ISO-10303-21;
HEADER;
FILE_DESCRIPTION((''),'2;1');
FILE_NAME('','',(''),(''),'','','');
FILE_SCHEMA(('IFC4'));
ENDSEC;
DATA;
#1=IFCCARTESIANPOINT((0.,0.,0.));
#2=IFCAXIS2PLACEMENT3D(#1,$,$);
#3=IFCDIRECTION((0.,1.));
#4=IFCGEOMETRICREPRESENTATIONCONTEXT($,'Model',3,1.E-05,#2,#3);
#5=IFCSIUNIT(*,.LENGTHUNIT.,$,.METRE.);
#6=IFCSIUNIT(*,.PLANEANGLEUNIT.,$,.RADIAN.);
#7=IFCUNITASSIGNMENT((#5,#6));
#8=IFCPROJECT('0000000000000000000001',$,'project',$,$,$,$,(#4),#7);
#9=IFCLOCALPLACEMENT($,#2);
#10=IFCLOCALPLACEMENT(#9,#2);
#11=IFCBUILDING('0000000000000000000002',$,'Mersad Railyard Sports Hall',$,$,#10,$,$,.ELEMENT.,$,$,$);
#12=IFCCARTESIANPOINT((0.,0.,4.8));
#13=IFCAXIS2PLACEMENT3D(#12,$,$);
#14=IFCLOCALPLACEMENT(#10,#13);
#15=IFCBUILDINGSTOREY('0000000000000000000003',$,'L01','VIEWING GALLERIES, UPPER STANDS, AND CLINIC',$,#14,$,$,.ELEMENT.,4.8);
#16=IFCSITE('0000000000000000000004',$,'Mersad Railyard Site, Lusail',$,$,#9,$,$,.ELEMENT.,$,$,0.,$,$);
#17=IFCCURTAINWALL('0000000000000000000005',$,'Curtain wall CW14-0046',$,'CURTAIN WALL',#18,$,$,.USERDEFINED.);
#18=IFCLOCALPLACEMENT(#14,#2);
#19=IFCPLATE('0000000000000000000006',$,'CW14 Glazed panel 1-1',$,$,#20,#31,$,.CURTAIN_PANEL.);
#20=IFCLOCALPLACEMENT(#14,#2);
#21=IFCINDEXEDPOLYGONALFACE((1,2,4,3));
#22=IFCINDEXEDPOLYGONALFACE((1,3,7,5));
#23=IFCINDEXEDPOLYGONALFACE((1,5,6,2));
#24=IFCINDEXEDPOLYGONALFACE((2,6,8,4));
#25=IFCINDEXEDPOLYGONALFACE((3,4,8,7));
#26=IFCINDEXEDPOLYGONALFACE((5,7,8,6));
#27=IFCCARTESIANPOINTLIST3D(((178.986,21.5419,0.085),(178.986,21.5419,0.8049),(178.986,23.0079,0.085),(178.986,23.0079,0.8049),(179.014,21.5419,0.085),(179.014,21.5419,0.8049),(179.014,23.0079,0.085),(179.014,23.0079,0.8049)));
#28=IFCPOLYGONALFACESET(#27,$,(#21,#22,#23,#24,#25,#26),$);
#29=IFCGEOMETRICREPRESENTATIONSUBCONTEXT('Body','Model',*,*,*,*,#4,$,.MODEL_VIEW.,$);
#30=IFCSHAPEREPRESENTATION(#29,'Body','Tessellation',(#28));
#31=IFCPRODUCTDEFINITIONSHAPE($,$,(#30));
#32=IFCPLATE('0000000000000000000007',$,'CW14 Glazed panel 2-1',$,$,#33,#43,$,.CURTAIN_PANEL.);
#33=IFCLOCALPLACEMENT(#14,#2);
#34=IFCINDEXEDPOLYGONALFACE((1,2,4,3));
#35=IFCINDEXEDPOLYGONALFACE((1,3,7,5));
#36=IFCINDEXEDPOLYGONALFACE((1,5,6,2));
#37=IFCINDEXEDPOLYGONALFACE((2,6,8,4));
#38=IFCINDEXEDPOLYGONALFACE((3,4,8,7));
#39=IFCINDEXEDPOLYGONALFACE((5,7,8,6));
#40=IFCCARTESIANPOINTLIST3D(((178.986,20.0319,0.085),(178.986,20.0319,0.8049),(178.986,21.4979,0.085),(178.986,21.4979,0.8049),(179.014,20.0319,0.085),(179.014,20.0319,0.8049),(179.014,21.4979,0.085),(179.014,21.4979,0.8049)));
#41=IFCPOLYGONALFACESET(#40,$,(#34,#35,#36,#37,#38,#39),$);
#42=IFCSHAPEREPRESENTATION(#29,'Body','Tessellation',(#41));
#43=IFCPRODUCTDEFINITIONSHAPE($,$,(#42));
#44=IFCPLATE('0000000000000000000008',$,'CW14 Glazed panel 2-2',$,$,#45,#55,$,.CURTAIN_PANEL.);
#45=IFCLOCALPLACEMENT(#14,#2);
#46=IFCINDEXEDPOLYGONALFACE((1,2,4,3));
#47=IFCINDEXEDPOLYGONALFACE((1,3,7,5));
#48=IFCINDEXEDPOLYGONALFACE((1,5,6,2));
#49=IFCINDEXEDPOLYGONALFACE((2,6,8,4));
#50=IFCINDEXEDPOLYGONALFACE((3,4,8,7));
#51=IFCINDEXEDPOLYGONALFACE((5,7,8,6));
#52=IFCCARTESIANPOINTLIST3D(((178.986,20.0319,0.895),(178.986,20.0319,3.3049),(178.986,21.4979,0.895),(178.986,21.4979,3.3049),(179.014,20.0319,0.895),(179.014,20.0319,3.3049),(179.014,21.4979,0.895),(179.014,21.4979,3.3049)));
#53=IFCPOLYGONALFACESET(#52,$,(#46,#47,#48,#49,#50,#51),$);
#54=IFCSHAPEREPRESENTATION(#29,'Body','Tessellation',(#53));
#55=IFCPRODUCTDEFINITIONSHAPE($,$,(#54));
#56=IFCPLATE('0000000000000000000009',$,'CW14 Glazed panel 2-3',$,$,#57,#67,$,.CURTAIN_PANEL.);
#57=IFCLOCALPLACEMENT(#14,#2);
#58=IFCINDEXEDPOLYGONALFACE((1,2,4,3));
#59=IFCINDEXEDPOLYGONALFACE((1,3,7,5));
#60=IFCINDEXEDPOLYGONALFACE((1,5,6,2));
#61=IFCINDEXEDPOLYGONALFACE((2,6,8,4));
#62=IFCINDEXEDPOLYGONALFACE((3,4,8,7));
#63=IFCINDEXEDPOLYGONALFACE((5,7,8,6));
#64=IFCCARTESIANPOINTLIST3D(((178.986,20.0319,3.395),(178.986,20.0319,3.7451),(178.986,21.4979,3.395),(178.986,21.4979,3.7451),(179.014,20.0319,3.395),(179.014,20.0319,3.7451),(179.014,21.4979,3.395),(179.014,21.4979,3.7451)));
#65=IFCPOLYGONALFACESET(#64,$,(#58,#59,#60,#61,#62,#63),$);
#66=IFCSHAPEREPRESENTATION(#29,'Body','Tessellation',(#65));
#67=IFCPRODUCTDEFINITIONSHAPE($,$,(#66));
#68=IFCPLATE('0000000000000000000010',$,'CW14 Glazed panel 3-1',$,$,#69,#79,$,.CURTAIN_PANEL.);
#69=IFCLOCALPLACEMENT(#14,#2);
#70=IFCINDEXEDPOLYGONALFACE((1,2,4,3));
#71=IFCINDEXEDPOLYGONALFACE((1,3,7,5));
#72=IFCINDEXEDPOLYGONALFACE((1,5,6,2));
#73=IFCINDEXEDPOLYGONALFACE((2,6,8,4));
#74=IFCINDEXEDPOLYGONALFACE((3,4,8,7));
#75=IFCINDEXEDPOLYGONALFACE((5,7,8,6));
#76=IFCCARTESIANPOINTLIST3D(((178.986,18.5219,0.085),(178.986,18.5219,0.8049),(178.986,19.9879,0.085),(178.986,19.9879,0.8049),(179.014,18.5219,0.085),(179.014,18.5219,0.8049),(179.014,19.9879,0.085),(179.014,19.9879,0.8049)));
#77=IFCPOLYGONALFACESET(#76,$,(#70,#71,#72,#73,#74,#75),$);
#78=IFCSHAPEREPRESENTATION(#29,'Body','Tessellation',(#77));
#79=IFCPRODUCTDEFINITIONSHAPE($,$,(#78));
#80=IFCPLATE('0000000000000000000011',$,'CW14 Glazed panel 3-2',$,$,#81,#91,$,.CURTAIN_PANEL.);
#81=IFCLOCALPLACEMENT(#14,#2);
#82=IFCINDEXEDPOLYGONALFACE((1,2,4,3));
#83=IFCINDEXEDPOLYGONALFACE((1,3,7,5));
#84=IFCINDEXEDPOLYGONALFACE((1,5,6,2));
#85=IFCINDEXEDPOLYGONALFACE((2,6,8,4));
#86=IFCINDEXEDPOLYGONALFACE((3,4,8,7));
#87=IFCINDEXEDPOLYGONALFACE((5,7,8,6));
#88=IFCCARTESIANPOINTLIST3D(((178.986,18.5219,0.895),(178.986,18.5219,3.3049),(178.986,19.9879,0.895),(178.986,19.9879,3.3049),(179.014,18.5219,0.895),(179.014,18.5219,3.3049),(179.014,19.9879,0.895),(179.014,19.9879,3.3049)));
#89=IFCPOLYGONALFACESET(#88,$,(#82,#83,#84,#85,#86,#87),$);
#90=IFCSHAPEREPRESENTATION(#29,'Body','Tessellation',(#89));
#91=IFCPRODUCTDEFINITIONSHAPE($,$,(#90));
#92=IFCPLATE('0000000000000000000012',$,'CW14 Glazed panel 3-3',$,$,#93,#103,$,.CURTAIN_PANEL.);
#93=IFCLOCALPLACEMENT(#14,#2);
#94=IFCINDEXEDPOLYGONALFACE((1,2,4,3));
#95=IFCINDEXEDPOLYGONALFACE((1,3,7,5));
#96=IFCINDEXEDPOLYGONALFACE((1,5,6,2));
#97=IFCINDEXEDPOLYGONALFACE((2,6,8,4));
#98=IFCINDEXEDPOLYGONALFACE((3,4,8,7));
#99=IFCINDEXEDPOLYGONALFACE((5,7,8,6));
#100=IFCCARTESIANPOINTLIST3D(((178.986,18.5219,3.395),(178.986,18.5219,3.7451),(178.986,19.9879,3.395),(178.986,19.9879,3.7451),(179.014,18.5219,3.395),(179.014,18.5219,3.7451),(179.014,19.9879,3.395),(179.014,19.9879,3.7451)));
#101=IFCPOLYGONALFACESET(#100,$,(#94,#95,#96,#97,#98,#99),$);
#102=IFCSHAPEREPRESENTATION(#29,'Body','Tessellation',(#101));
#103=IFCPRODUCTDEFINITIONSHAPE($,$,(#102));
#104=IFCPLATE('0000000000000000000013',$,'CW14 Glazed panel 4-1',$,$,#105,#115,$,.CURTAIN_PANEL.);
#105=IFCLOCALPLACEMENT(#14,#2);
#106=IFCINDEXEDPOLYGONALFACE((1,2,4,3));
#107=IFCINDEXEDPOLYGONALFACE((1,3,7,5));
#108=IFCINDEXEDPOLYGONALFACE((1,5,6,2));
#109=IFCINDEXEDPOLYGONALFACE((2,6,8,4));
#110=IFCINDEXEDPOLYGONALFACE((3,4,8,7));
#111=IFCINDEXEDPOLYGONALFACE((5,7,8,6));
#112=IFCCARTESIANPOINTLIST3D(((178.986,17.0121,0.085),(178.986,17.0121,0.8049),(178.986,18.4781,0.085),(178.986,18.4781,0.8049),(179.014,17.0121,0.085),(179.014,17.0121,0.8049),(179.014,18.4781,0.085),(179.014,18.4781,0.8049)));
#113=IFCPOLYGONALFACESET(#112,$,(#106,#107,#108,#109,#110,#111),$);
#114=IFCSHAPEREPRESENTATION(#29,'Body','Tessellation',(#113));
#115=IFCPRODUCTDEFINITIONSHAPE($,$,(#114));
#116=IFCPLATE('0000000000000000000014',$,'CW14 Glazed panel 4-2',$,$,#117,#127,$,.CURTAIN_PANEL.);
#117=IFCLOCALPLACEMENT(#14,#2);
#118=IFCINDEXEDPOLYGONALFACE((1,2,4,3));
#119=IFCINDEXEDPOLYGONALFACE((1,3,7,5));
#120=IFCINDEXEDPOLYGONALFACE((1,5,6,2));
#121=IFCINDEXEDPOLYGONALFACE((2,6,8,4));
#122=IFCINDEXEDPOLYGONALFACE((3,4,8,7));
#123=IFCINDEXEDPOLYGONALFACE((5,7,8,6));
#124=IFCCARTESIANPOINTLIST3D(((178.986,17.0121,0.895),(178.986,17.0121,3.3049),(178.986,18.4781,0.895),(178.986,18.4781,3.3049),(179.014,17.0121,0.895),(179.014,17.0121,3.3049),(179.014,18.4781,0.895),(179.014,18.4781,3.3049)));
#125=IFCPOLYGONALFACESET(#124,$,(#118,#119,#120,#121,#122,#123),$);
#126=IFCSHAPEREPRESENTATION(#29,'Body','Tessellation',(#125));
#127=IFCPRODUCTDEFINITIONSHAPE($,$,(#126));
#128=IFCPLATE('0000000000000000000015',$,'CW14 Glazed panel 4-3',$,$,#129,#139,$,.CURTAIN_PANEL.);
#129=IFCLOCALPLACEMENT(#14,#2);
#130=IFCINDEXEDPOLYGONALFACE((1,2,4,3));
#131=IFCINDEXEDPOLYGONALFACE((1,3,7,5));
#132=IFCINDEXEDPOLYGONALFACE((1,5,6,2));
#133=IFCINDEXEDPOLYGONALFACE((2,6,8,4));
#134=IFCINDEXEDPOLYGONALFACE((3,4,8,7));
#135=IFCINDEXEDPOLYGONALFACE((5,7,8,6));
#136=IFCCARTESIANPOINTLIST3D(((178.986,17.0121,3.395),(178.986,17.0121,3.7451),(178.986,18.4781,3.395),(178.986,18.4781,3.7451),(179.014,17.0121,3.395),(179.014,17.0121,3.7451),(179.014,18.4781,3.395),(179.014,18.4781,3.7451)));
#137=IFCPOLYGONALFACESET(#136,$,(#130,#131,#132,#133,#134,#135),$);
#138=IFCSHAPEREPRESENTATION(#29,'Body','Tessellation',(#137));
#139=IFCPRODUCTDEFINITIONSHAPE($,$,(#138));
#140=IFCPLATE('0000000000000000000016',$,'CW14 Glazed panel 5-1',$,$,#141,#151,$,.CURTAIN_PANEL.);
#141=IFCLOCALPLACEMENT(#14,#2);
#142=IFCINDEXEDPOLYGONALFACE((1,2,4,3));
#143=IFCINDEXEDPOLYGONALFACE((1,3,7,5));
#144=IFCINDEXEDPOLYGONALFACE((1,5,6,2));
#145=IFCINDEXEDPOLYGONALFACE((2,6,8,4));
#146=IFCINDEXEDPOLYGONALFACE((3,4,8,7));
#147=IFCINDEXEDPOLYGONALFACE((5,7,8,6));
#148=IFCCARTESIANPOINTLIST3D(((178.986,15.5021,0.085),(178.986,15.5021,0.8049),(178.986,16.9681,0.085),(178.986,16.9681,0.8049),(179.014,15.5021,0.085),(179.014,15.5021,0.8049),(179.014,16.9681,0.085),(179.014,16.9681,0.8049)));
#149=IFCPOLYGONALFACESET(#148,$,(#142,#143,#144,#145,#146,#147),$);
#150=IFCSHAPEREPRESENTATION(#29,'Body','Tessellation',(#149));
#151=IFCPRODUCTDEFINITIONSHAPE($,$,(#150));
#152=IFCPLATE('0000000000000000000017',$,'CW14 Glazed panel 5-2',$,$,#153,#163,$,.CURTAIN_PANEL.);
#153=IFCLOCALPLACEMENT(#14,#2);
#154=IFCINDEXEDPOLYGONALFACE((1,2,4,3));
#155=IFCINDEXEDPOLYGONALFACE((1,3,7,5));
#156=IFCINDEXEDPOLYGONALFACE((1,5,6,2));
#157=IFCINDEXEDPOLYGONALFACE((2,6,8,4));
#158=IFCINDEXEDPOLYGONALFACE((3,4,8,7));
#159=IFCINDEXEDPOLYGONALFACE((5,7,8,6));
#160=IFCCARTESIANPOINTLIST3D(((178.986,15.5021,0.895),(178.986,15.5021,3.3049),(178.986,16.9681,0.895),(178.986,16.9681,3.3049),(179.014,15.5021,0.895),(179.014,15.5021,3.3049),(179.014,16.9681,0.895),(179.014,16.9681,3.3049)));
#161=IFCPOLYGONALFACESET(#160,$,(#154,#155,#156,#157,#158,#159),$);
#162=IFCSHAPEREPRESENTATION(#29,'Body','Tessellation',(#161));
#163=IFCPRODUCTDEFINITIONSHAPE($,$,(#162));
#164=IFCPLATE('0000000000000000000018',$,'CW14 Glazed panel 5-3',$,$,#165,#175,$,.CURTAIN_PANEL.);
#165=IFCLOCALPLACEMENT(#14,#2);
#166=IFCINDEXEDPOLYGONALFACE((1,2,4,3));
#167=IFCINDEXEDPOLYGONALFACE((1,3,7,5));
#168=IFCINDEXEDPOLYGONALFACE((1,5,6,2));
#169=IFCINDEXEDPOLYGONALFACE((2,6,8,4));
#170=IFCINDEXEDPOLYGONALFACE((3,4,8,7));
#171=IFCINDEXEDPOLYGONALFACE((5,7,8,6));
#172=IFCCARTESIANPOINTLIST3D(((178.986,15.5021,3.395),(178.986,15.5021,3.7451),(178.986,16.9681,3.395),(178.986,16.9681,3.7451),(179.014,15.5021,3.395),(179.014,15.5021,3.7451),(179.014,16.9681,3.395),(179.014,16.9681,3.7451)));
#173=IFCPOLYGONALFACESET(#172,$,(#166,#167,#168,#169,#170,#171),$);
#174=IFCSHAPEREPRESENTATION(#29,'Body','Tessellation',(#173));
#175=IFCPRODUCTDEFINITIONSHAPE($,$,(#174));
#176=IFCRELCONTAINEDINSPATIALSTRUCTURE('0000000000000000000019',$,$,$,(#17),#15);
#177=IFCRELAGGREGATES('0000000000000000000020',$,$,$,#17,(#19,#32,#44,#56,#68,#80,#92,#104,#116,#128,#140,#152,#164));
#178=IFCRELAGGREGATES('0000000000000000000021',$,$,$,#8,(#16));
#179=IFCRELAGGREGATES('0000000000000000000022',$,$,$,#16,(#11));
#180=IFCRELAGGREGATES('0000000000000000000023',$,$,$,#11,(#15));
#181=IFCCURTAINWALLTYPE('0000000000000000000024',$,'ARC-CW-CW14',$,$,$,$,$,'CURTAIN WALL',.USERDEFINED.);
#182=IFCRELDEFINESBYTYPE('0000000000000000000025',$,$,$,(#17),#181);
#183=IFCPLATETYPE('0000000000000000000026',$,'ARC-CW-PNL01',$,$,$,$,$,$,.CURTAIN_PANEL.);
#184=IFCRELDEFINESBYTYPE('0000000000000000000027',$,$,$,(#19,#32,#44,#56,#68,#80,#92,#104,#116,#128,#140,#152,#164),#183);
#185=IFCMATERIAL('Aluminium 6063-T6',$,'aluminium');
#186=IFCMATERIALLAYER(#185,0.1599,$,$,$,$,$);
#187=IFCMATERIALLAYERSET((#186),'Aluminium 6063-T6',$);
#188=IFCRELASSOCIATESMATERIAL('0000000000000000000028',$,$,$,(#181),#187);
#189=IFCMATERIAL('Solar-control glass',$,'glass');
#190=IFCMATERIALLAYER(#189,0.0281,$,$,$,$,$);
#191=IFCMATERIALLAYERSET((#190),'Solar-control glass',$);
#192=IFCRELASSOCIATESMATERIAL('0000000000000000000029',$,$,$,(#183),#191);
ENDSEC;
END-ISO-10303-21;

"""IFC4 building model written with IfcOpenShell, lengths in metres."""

from ifc_helpers import new_model, si_unit, direction, frame, origin, origin_2d, place, context, subcontext, project, spatial, rectangle, extrude, material, layer, layer_set, type_object, element, aggregate, save


model = new_model("IFC4")

# Units and contexts
model_context = context("Model", 3, precision=1e-05, world=origin(), true_north=direction((0.0, 1.0)))
body_context = subcontext(model_context, "Body", "Model", "MODEL_VIEW")
ifc_project = project(units=[si_unit("LENGTHUNIT", "METRE"), si_unit("PLANEANGLEUNIT", "RADIAN")], contexts=[model_context])

# Site, building, storey
site_placement = place(None, origin())
site = spatial("IfcSite", under=ifc_project, at=site_placement, Name="Mersad Railyard Site, Lusail", CompositionType="ELEMENT", RefElevation=0.0)
building_placement = place(site_placement, origin())
building = spatial("IfcBuilding", under=site, at=building_placement, Name="Mersad Railyard Sports Hall", CompositionType="ELEMENT")
storey_placement = place(building_placement, frame((0.0, 0.0, 4.8)))
storey = spatial("IfcBuildingStorey", under=building, at=storey_placement, Name="L01", Description="VIEWING GALLERIES, UPPER STANDS, AND CLINIC", CompositionType="ELEMENT", Elevation=4.8)

# Curtain wall, plates
ifc_material_1 = material(Name="Aluminium 6063-T6", Category="aluminium")
ifc_layer_1 = layer(ifc_material_1, 0.1599)
ifc_layer_set_1 = layer_set([ifc_layer_1], Name="Aluminium 6063-T6")
curtain_wall_type = type_object("IfcCurtainWallType", Name="ARC-CW-CW14", ElementType="CURTAIN WALL", PredefinedType="USERDEFINED", material=ifc_layer_set_1)
curtain_wall_placement = place(storey_placement, origin())
curtain_wall = element("IfcCurtainWall", 1, at=curtain_wall_placement, inside=storey, type_object=curtain_wall_type, Name="Curtain wall CW14-0046", ObjectType="CURTAIN WALL", PredefinedType="USERDEFINED")
ifc_material_2 = material(Name="Solar-control glass", Category="glass")
ifc_layer_2 = layer(ifc_material_2, 0.0281)
ifc_layer_set_2 = layer_set([ifc_layer_2], Name="Solar-control glass")
plate_type = type_object("IfcPlateType", Name="ARC-CW-PNL01", PredefinedType="CURTAIN_PANEL", material=ifc_layer_set_2)
plate_1_placement = place(storey_placement, frame((179.0, 22.2749, 0.085), z_axis=(0.0, 0.0, 1.0), x_axis=(0.0, -1.0, 0.0)))
plate_1 = element("IfcPlate", 2, at=plate_1_placement, type_object=plate_type, Name="CW14 Glazed panel 1-1", PredefinedType="CURTAIN_PANEL", context=body_context, shape_type="SweptSolid", body=[
    extrude(rectangle(XDim=1.4661, YDim=0.0281, at=origin_2d()), origin(), (0.0, 0.0, 1.0), 0.72),
])
plate_2_placement = place(storey_placement, frame((179.0, 20.7649, 0.085), z_axis=(0.0, 0.0, 1.0), x_axis=(0.0, -1.0, 0.0)))
plate_2 = element("IfcPlate", 3, at=plate_2_placement, type_object=plate_type, Name="CW14 Glazed panel 2-1", PredefinedType="CURTAIN_PANEL", context=body_context, shape_type="SweptSolid", body=[
    extrude(rectangle(XDim=1.4661, YDim=0.0281, at=origin_2d()), origin(), (0.0, 0.0, 1.0), 0.72),
])
plate_3_placement = place(storey_placement, frame((179.0, 20.7649, 0.895), z_axis=(0.0, 0.0, 1.0), x_axis=(0.0, -1.0, 0.0)))
plate_3 = element("IfcPlate", 4, at=plate_3_placement, type_object=plate_type, Name="CW14 Glazed panel 2-2", PredefinedType="CURTAIN_PANEL", context=body_context, shape_type="SweptSolid", body=[
    extrude(rectangle(XDim=1.4661, YDim=0.0281, at=origin_2d()), origin(), (0.0, 0.0, 1.0), 2.4099),
])
plate_4_placement = place(storey_placement, frame((179.0, 20.7649, 3.395), z_axis=(0.0, 0.0, 1.0), x_axis=(0.0, -1.0, 0.0)))
plate_4 = element("IfcPlate", 5, at=plate_4_placement, type_object=plate_type, Name="CW14 Glazed panel 2-3", PredefinedType="CURTAIN_PANEL", context=body_context, shape_type="SweptSolid", body=[
    extrude(rectangle(XDim=1.4661, YDim=0.0281, at=origin_2d()), origin(), (0.0, 0.0, 1.0), 0.3501),
])
plate_5_placement = place(storey_placement, frame((179.0, 19.2549, 0.085), z_axis=(0.0, 0.0, 1.0), x_axis=(0.0, -1.0, 0.0)))
plate_5 = element("IfcPlate", 6, at=plate_5_placement, type_object=plate_type, Name="CW14 Glazed panel 3-1", PredefinedType="CURTAIN_PANEL", context=body_context, shape_type="SweptSolid", body=[
    extrude(rectangle(XDim=1.4661, YDim=0.0281, at=origin_2d()), origin(), (0.0, 0.0, 1.0), 0.72),
])
plate_6_placement = place(storey_placement, frame((179.0, 19.2549, 0.895), z_axis=(0.0, 0.0, 1.0), x_axis=(0.0, -1.0, 0.0)))
plate_6 = element("IfcPlate", 7, at=plate_6_placement, type_object=plate_type, Name="CW14 Glazed panel 3-2", PredefinedType="CURTAIN_PANEL", context=body_context, shape_type="SweptSolid", body=[
    extrude(rectangle(XDim=1.4661, YDim=0.0281, at=origin_2d()), origin(), (0.0, 0.0, 1.0), 2.4099),
])
plate_7_placement = place(storey_placement, frame((179.0, 19.2549, 3.395), z_axis=(0.0, 0.0, 1.0), x_axis=(0.0, -1.0, 0.0)))
plate_7 = element("IfcPlate", 8, at=plate_7_placement, type_object=plate_type, Name="CW14 Glazed panel 3-3", PredefinedType="CURTAIN_PANEL", context=body_context, shape_type="SweptSolid", body=[
    extrude(rectangle(XDim=1.4661, YDim=0.0281, at=origin_2d()), origin(), (0.0, 0.0, 1.0), 0.3501),
])
plate_8_placement = place(storey_placement, frame((179.0, 17.7451, 0.085), z_axis=(0.0, 0.0, 1.0), x_axis=(0.0, -1.0, 0.0)))
plate_8 = element("IfcPlate", 9, at=plate_8_placement, type_object=plate_type, Name="CW14 Glazed panel 4-1", PredefinedType="CURTAIN_PANEL", context=body_context, shape_type="SweptSolid", body=[
    extrude(rectangle(XDim=1.4661, YDim=0.0281, at=origin_2d()), origin(), (0.0, 0.0, 1.0), 0.72),
])
plate_9_placement = place(storey_placement, frame((179.0, 17.7451, 0.895), z_axis=(0.0, 0.0, 1.0), x_axis=(0.0, -1.0, 0.0)))
plate_9 = element("IfcPlate", 10, at=plate_9_placement, type_object=plate_type, Name="CW14 Glazed panel 4-2", PredefinedType="CURTAIN_PANEL", context=body_context, shape_type="SweptSolid", body=[
    extrude(rectangle(XDim=1.4661, YDim=0.0281, at=origin_2d()), origin(), (0.0, 0.0, 1.0), 2.4099),
])
plate_10_placement = place(storey_placement, frame((179.0, 17.7451, 3.395), z_axis=(0.0, 0.0, 1.0), x_axis=(0.0, -1.0, 0.0)))
plate_10 = element("IfcPlate", 11, at=plate_10_placement, type_object=plate_type, Name="CW14 Glazed panel 4-3", PredefinedType="CURTAIN_PANEL", context=body_context, shape_type="SweptSolid", body=[
    extrude(rectangle(XDim=1.4661, YDim=0.0281, at=origin_2d()), origin(), (0.0, 0.0, 1.0), 0.3501),
])
plate_11_placement = place(storey_placement, frame((179.0, 16.2351, 0.085), z_axis=(0.0, 0.0, 1.0), x_axis=(0.0, -1.0, 0.0)))
plate_11 = element("IfcPlate", 12, at=plate_11_placement, type_object=plate_type, Name="CW14 Glazed panel 5-1", PredefinedType="CURTAIN_PANEL", context=body_context, shape_type="SweptSolid", body=[
    extrude(rectangle(XDim=1.4661, YDim=0.0281, at=origin_2d()), origin(), (0.0, 0.0, 1.0), 0.72),
])
plate_12_placement = place(storey_placement, frame((179.0, 16.2351, 0.895), z_axis=(0.0, 0.0, 1.0), x_axis=(0.0, -1.0, 0.0)))
plate_12 = element("IfcPlate", 13, at=plate_12_placement, type_object=plate_type, Name="CW14 Glazed panel 5-2", PredefinedType="CURTAIN_PANEL", context=body_context, shape_type="SweptSolid", body=[
    extrude(rectangle(XDim=1.4661, YDim=0.0281, at=origin_2d()), origin(), (0.0, 0.0, 1.0), 2.4099),
])
plate_13_placement = place(storey_placement, frame((179.0, 16.2351, 3.395), z_axis=(0.0, 0.0, 1.0), x_axis=(0.0, -1.0, 0.0)))
plate_13 = element("IfcPlate", 14, at=plate_13_placement, type_object=plate_type, Name="CW14 Glazed panel 5-3", PredefinedType="CURTAIN_PANEL", context=body_context, shape_type="SweptSolid", body=[
    extrude(rectangle(XDim=1.4661, YDim=0.0281, at=origin_2d()), origin(), (0.0, 0.0, 1.0), 0.3501),
])
aggregate(curtain_wall, [plate_1, plate_2, plate_3, plate_4, plate_5, plate_6, plate_7, plate_8, plate_9, plate_10, plate_11, plate_12, plate_13])

save(model, "model.ifc")
